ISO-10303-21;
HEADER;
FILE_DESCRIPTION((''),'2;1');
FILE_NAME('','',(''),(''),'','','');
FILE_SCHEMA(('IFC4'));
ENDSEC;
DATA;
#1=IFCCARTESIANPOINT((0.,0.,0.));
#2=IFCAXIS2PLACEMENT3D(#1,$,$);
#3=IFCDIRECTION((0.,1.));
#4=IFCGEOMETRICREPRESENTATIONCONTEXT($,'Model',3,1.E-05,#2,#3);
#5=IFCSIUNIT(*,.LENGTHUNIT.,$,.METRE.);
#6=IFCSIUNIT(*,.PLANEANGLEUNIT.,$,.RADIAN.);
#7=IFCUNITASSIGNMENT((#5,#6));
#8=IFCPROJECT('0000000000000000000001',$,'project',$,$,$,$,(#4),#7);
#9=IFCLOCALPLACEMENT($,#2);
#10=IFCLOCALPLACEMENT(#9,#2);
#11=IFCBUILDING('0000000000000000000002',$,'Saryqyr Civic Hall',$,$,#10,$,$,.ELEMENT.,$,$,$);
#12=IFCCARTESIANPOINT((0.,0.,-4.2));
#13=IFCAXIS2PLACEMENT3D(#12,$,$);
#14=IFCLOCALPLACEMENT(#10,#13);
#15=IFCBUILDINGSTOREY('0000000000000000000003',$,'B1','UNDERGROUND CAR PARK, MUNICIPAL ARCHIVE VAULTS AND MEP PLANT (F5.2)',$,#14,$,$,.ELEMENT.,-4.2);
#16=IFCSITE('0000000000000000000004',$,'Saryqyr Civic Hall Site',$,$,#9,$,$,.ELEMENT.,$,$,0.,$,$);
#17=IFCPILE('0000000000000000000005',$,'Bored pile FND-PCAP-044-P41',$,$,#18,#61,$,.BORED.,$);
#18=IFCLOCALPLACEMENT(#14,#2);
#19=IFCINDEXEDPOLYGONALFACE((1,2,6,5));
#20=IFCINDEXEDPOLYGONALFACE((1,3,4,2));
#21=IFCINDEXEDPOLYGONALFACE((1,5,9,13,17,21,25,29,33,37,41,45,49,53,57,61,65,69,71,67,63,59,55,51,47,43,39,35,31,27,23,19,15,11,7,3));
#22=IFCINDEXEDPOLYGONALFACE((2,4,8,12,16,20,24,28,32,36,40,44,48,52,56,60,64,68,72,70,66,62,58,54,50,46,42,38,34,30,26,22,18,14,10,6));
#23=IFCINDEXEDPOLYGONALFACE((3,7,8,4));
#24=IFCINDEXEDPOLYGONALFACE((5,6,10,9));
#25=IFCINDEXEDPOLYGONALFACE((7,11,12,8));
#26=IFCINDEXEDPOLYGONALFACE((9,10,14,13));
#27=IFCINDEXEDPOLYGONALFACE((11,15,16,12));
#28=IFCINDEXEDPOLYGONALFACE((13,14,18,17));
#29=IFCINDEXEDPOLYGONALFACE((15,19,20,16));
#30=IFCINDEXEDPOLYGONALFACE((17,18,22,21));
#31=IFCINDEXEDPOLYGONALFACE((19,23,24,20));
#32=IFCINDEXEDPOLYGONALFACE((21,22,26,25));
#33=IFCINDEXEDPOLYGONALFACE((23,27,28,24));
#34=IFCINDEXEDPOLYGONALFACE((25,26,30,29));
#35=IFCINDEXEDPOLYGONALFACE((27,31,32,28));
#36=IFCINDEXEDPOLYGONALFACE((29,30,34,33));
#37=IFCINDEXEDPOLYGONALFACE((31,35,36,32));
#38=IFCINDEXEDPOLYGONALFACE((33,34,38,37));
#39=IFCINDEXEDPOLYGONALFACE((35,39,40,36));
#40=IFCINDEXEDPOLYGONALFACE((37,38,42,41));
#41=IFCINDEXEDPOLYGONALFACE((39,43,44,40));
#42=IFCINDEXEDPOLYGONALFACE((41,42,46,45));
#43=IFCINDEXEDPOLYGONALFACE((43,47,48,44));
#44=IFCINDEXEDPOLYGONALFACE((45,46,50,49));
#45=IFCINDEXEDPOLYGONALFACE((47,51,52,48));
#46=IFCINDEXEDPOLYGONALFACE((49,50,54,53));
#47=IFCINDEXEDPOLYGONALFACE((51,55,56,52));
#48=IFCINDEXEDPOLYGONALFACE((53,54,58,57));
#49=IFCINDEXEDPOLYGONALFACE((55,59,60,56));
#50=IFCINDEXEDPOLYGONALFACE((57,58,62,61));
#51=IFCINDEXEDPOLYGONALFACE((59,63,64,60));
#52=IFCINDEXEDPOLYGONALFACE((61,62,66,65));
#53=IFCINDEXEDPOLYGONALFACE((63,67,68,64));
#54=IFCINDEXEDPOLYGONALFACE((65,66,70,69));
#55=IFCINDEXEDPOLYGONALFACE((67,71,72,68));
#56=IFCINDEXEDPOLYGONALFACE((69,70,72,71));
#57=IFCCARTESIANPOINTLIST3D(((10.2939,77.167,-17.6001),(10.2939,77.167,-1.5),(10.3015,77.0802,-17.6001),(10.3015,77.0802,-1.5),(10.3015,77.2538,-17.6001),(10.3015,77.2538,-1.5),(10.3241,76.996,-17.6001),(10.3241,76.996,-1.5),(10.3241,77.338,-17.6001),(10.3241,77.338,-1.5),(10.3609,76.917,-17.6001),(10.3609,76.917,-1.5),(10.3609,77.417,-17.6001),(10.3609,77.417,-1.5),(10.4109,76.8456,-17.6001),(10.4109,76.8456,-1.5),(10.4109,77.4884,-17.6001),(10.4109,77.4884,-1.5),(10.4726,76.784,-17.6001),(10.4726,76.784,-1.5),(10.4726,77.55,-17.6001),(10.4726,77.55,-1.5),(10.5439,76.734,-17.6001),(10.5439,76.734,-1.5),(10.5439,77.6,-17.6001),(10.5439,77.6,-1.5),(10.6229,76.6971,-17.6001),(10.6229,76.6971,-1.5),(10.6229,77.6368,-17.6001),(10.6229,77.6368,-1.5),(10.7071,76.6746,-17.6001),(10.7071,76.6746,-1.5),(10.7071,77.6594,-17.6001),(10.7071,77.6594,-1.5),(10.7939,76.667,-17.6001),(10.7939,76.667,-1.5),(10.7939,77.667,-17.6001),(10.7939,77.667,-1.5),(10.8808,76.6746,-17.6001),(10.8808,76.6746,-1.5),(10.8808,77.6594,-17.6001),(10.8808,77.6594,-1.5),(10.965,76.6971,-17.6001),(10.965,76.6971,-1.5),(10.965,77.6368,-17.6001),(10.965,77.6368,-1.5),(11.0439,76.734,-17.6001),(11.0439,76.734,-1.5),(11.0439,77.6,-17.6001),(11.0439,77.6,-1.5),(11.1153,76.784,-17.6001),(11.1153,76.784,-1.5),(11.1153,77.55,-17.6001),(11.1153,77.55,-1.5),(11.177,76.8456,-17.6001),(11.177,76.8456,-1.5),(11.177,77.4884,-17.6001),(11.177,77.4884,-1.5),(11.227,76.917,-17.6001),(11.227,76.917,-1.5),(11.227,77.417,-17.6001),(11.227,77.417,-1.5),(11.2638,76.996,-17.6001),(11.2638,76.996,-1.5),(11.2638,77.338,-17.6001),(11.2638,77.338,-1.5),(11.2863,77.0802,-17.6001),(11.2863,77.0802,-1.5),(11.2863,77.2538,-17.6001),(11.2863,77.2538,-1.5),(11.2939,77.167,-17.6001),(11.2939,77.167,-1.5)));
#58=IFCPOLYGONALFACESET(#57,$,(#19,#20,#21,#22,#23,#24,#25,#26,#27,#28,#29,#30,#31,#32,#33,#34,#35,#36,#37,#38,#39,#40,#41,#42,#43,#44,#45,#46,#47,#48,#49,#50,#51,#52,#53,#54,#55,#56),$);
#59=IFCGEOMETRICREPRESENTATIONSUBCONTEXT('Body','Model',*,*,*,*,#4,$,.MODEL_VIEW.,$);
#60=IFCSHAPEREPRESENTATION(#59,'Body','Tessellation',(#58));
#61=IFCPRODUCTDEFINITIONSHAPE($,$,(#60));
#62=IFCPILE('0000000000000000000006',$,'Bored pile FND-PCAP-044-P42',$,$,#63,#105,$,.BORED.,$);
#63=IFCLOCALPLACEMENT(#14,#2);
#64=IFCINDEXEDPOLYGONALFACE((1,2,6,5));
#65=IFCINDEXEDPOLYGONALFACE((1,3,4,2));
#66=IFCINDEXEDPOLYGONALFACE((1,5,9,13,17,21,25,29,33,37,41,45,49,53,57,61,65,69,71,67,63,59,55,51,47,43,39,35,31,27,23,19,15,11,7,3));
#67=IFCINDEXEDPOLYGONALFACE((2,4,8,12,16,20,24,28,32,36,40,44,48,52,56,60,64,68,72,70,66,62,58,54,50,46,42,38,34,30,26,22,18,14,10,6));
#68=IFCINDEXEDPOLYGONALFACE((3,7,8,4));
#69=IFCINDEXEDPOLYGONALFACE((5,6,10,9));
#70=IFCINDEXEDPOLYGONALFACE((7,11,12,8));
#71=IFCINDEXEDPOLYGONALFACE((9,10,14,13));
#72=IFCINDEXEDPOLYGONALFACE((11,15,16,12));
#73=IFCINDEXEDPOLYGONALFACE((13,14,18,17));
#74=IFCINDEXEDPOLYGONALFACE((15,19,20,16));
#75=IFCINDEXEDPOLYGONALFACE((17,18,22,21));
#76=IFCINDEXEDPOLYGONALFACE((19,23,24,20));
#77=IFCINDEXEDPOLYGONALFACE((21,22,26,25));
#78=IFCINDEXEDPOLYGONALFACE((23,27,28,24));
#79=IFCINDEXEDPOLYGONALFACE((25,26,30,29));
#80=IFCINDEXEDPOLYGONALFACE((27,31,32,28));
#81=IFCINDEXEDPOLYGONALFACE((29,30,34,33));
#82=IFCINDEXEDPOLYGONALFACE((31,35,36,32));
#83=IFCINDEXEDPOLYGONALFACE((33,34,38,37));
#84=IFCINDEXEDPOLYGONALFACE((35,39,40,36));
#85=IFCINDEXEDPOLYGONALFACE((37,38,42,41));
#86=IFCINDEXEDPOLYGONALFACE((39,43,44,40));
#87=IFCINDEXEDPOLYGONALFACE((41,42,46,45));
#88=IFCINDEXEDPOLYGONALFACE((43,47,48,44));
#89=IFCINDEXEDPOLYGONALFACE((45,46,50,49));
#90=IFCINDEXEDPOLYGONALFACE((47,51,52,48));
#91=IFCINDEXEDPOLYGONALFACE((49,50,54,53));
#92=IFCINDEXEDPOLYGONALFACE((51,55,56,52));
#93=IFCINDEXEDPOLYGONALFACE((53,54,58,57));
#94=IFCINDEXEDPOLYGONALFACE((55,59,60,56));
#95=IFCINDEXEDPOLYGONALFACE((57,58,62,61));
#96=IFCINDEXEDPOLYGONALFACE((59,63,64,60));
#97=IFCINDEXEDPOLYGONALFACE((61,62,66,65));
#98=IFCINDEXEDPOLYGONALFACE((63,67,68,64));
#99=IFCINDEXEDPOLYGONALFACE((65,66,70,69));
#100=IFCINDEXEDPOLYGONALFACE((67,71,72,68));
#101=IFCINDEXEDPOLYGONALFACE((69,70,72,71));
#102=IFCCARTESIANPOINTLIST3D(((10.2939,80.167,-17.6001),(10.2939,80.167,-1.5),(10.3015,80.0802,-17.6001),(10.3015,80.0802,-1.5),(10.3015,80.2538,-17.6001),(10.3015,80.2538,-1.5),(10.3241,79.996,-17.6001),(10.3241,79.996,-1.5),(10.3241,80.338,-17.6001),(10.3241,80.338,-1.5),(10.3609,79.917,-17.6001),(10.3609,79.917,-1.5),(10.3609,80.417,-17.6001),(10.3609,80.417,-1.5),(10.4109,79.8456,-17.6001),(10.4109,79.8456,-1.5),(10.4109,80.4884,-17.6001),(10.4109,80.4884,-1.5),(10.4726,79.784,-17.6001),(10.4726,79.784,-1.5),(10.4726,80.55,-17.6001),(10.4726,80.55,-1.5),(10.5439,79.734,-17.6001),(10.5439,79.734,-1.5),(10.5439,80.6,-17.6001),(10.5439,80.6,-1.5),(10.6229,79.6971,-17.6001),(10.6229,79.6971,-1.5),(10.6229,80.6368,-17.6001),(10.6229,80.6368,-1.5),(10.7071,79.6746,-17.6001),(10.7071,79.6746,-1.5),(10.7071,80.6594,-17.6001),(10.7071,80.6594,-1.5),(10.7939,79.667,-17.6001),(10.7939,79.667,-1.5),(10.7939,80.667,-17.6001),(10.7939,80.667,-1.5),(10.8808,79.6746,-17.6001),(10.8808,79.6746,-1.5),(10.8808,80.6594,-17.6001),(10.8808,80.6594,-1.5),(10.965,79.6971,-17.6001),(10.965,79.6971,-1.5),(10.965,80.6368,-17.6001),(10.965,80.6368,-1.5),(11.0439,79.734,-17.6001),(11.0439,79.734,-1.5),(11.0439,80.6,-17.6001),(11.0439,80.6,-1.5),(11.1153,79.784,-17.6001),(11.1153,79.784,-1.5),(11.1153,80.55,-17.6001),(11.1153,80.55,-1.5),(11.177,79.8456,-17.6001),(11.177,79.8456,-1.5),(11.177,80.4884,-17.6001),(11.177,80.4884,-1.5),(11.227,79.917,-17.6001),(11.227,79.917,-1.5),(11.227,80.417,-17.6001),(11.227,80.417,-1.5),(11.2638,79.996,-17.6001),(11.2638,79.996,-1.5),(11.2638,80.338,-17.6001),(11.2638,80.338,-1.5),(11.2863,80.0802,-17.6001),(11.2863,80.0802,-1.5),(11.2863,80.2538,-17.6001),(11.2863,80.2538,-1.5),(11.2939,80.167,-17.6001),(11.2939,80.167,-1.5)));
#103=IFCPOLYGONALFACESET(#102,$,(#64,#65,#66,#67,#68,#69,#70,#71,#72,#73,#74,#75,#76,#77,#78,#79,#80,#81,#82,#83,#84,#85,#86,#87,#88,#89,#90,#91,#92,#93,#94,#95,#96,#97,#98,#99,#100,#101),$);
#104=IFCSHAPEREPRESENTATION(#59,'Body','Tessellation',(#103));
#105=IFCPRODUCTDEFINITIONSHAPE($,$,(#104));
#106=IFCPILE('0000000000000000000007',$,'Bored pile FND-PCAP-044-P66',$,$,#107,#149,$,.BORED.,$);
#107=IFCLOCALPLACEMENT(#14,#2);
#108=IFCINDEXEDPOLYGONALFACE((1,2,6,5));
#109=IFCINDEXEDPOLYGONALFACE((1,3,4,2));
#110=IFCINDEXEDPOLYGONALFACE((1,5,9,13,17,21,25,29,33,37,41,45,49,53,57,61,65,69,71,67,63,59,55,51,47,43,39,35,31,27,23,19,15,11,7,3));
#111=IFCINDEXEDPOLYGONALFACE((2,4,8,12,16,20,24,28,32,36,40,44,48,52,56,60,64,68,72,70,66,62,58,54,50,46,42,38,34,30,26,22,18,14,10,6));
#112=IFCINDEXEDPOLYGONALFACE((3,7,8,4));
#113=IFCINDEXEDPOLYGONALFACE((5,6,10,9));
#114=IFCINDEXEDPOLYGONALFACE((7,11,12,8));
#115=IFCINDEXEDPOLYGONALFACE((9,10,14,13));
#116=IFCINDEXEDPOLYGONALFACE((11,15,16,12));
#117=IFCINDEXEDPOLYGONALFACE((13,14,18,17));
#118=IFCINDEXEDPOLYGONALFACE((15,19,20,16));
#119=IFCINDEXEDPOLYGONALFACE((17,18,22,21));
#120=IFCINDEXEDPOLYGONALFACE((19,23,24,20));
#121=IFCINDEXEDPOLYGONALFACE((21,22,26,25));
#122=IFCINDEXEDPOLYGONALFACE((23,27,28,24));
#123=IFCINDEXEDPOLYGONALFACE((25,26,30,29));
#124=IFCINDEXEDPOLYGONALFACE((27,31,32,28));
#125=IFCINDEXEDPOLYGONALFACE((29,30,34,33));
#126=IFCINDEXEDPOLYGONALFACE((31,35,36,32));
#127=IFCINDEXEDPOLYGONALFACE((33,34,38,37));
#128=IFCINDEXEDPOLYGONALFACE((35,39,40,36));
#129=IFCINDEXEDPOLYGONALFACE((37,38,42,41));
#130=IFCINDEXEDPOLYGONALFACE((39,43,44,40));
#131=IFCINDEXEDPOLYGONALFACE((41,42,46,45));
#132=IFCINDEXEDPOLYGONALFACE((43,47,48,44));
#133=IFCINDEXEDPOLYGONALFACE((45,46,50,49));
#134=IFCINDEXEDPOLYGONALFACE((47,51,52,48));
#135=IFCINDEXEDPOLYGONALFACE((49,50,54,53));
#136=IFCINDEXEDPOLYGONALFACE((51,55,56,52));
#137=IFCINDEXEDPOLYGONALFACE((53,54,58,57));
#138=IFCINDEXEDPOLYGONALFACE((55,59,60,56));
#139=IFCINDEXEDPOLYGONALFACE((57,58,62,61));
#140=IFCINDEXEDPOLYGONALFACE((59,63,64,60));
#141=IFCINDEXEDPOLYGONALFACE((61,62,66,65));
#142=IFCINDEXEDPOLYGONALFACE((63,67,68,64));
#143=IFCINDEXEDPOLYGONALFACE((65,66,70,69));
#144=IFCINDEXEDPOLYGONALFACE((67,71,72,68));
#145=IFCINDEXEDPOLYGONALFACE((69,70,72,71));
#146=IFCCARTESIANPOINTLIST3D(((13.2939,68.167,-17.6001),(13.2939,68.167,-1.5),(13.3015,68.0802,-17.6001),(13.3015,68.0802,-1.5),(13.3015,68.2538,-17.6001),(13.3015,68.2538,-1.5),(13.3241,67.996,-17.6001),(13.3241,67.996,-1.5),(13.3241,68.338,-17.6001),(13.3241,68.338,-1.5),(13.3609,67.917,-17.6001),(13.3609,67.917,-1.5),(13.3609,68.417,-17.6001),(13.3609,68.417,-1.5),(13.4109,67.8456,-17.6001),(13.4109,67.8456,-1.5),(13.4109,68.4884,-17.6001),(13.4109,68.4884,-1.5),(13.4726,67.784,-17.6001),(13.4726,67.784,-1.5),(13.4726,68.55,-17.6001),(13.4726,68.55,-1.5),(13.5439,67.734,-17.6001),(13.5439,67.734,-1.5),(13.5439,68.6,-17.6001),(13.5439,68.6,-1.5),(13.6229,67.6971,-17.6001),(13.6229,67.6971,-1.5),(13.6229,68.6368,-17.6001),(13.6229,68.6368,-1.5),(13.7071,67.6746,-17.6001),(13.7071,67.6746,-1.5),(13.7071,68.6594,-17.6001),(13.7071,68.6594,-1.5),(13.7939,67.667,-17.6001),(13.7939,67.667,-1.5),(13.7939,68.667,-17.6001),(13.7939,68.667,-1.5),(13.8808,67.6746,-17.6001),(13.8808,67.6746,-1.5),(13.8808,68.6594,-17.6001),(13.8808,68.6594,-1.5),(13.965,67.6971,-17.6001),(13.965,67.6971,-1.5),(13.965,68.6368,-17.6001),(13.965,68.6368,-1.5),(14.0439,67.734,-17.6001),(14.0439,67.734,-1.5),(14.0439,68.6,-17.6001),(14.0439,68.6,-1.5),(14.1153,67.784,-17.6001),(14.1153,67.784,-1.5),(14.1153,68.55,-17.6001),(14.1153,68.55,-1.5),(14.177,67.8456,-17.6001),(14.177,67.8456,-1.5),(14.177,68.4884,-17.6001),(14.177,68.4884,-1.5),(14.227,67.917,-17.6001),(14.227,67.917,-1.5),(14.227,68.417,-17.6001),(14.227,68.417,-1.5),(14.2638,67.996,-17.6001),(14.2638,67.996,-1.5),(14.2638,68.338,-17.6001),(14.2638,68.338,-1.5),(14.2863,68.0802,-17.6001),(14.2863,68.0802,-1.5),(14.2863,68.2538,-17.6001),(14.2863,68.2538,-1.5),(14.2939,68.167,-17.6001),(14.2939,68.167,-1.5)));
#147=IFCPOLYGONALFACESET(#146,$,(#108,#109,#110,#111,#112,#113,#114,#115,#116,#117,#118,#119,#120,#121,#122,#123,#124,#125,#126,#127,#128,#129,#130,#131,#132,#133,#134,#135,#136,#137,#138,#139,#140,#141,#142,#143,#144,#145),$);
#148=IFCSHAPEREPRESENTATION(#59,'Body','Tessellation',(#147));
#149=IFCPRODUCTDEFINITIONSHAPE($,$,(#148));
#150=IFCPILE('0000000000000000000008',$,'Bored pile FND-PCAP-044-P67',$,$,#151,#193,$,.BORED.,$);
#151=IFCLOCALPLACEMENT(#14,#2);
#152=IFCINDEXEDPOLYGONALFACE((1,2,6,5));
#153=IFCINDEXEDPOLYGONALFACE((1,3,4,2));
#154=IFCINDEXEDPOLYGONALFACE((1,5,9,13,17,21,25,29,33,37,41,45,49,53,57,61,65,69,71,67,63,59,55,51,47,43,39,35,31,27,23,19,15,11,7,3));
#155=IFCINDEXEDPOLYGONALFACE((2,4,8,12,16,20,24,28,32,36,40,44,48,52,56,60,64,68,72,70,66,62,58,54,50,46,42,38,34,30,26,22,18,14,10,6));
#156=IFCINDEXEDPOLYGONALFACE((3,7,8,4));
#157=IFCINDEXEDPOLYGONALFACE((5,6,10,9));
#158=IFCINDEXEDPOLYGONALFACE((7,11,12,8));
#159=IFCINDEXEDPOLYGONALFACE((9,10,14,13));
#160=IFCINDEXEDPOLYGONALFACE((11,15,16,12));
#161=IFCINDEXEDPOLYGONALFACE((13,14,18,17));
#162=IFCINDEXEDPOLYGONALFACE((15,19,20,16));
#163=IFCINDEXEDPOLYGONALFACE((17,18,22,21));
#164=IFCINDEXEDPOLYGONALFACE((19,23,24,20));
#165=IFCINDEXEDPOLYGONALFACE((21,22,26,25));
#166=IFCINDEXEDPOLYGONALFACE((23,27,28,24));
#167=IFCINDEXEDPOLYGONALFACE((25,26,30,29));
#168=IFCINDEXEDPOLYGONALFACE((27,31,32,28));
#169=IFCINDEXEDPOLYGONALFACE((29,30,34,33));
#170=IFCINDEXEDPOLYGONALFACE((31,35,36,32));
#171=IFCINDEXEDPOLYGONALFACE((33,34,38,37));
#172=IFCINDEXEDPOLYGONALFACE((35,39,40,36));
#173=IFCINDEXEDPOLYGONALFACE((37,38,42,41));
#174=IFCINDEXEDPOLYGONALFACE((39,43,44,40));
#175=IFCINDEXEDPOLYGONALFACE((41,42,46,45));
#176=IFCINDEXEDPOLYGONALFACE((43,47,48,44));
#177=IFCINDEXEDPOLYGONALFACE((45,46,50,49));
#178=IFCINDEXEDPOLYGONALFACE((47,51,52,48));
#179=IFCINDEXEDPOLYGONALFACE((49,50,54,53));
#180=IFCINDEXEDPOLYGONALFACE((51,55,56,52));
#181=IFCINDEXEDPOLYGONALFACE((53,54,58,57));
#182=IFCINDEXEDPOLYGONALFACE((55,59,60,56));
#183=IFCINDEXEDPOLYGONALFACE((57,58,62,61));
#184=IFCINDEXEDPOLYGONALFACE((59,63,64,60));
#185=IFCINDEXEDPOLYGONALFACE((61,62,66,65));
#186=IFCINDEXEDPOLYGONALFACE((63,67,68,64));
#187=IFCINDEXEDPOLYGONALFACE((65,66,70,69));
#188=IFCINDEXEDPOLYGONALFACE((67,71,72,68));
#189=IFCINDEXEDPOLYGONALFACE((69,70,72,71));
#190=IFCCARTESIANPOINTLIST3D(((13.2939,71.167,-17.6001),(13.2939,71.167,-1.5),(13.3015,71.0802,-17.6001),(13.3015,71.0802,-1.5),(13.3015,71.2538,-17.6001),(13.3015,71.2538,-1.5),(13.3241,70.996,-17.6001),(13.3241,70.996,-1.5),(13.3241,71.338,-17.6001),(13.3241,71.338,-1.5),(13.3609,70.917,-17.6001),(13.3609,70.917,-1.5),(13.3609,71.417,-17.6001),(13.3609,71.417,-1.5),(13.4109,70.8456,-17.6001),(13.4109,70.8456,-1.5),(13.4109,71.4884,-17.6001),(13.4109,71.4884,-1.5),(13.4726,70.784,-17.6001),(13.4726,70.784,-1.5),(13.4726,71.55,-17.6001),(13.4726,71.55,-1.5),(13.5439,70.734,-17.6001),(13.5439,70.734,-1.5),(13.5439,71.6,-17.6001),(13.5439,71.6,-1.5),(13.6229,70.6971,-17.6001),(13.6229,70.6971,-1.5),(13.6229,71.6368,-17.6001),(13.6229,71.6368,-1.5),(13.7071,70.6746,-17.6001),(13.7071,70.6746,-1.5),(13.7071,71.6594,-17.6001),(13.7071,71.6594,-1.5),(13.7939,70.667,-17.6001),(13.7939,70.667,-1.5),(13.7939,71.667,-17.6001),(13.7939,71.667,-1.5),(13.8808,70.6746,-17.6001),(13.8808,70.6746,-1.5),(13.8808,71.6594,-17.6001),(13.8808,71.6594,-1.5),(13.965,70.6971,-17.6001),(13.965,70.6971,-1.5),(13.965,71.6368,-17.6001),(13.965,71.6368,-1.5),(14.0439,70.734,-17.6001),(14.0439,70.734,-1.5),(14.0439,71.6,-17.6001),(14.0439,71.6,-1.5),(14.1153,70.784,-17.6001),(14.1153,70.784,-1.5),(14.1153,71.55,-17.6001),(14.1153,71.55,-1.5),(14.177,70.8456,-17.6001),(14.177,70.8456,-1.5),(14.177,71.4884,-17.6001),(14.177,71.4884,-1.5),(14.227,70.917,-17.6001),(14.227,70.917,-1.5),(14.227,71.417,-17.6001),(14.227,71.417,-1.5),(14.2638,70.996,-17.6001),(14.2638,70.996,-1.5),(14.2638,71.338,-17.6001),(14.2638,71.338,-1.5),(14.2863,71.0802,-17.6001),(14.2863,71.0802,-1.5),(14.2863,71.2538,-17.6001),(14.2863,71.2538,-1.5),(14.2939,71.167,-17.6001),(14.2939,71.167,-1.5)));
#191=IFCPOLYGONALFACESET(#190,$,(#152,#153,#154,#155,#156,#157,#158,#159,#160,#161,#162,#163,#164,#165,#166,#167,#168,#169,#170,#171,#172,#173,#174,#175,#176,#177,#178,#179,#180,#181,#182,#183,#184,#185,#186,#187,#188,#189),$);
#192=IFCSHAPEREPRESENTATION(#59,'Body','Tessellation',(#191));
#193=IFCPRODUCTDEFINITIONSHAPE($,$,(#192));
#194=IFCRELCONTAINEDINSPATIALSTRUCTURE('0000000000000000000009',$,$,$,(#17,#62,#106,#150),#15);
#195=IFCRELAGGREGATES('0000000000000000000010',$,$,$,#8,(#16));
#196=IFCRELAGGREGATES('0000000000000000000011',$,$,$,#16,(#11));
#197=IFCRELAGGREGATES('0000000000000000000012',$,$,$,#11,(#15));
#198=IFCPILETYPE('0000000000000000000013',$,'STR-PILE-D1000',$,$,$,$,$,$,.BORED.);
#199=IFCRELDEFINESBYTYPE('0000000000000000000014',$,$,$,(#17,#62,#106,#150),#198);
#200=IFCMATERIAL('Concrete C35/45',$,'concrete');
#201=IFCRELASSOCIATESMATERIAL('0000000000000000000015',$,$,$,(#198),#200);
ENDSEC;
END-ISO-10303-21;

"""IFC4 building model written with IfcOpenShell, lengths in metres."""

from ifc_helpers import new_model, si_unit, direction, frame, origin, origin_2d, place, context, subcontext, project, spatial, circle, extrude, material, material_profile, profile_set, type_object, element, save


model = new_model("IFC4")

# Units and contexts
model_context = context("Model", 3, precision=1e-05, world=origin(), true_north=direction((0.0, 1.0)))
body_context = subcontext(model_context, "Body", "Model", "MODEL_VIEW")
ifc_project = project(units=[si_unit("LENGTHUNIT", "METRE"), si_unit("PLANEANGLEUNIT", "RADIAN")], contexts=[model_context])

# Site, building, storey
site_placement = place(None, origin())
site = spatial("IfcSite", under=ifc_project, at=site_placement, Name="Saryqyr Civic Hall Site", CompositionType="ELEMENT", RefElevation=0.0)
building_placement = place(site_placement, origin())
building = spatial("IfcBuilding", under=site, at=building_placement, Name="Saryqyr Civic Hall", CompositionType="ELEMENT")
storey_placement = place(building_placement, frame((0.0, 0.0, -4.2)))
storey = spatial("IfcBuildingStorey", under=building, at=storey_placement, Name="B1", Description="UNDERGROUND CAR PARK, MUNICIPAL ARCHIVE VAULTS AND MEP PLANT (F5.2)", CompositionType="ELEMENT", Elevation=-4.2)

# Piles
ifc_material_1 = material(Name="Concrete C35/45", Category="concrete")
ifc_material_profile_1 = material_profile(ifc_material_1, circle(Radius=0.5, at=origin_2d()), Name="BORED PILE D1000")
ifc_profile_set_1 = profile_set([ifc_material_profile_1], Name="Concrete C35/45")
pile_type = type_object("IfcPileType", Name="STR-PILE-D1000", PredefinedType="BORED", material=ifc_profile_set_1)
for number, where, z_axis, x_axis, name in (
    (1, (10.7939, 77.167, -1.5), (0.0, 0.0, -1.0), (1.0, 0.0, 0.0), "Bored pile FND-PCAP-044-P41"),
    (2, (10.7939, 80.167, -1.5), (0.0, 0.0, -1.0), (1.0, 0.0, 0.0), "Bored pile FND-PCAP-044-P42"),
    (3, (13.7939, 68.167, -1.5), (0.0, 0.0, -1.0), (1.0, 0.0, 0.0), "Bored pile FND-PCAP-044-P66"),
    (4, (13.7939, 71.167, -1.5), (0.0, 0.0, -1.0), (1.0, 0.0, 0.0), "Bored pile FND-PCAP-044-P67"),
):
    element("IfcPile", number, at=place(storey_placement, frame(where, z_axis=z_axis, x_axis=x_axis)), inside=storey, type_object=pile_type, Name=name, PredefinedType="BORED", context=body_context, shape_type="SweptSolid", body=[
        extrude(circle(Radius=0.5, at=origin_2d()), origin(), (0.0, 0.0, 1.0), 16.1001),
    ])

save(model, "model.ifc")
